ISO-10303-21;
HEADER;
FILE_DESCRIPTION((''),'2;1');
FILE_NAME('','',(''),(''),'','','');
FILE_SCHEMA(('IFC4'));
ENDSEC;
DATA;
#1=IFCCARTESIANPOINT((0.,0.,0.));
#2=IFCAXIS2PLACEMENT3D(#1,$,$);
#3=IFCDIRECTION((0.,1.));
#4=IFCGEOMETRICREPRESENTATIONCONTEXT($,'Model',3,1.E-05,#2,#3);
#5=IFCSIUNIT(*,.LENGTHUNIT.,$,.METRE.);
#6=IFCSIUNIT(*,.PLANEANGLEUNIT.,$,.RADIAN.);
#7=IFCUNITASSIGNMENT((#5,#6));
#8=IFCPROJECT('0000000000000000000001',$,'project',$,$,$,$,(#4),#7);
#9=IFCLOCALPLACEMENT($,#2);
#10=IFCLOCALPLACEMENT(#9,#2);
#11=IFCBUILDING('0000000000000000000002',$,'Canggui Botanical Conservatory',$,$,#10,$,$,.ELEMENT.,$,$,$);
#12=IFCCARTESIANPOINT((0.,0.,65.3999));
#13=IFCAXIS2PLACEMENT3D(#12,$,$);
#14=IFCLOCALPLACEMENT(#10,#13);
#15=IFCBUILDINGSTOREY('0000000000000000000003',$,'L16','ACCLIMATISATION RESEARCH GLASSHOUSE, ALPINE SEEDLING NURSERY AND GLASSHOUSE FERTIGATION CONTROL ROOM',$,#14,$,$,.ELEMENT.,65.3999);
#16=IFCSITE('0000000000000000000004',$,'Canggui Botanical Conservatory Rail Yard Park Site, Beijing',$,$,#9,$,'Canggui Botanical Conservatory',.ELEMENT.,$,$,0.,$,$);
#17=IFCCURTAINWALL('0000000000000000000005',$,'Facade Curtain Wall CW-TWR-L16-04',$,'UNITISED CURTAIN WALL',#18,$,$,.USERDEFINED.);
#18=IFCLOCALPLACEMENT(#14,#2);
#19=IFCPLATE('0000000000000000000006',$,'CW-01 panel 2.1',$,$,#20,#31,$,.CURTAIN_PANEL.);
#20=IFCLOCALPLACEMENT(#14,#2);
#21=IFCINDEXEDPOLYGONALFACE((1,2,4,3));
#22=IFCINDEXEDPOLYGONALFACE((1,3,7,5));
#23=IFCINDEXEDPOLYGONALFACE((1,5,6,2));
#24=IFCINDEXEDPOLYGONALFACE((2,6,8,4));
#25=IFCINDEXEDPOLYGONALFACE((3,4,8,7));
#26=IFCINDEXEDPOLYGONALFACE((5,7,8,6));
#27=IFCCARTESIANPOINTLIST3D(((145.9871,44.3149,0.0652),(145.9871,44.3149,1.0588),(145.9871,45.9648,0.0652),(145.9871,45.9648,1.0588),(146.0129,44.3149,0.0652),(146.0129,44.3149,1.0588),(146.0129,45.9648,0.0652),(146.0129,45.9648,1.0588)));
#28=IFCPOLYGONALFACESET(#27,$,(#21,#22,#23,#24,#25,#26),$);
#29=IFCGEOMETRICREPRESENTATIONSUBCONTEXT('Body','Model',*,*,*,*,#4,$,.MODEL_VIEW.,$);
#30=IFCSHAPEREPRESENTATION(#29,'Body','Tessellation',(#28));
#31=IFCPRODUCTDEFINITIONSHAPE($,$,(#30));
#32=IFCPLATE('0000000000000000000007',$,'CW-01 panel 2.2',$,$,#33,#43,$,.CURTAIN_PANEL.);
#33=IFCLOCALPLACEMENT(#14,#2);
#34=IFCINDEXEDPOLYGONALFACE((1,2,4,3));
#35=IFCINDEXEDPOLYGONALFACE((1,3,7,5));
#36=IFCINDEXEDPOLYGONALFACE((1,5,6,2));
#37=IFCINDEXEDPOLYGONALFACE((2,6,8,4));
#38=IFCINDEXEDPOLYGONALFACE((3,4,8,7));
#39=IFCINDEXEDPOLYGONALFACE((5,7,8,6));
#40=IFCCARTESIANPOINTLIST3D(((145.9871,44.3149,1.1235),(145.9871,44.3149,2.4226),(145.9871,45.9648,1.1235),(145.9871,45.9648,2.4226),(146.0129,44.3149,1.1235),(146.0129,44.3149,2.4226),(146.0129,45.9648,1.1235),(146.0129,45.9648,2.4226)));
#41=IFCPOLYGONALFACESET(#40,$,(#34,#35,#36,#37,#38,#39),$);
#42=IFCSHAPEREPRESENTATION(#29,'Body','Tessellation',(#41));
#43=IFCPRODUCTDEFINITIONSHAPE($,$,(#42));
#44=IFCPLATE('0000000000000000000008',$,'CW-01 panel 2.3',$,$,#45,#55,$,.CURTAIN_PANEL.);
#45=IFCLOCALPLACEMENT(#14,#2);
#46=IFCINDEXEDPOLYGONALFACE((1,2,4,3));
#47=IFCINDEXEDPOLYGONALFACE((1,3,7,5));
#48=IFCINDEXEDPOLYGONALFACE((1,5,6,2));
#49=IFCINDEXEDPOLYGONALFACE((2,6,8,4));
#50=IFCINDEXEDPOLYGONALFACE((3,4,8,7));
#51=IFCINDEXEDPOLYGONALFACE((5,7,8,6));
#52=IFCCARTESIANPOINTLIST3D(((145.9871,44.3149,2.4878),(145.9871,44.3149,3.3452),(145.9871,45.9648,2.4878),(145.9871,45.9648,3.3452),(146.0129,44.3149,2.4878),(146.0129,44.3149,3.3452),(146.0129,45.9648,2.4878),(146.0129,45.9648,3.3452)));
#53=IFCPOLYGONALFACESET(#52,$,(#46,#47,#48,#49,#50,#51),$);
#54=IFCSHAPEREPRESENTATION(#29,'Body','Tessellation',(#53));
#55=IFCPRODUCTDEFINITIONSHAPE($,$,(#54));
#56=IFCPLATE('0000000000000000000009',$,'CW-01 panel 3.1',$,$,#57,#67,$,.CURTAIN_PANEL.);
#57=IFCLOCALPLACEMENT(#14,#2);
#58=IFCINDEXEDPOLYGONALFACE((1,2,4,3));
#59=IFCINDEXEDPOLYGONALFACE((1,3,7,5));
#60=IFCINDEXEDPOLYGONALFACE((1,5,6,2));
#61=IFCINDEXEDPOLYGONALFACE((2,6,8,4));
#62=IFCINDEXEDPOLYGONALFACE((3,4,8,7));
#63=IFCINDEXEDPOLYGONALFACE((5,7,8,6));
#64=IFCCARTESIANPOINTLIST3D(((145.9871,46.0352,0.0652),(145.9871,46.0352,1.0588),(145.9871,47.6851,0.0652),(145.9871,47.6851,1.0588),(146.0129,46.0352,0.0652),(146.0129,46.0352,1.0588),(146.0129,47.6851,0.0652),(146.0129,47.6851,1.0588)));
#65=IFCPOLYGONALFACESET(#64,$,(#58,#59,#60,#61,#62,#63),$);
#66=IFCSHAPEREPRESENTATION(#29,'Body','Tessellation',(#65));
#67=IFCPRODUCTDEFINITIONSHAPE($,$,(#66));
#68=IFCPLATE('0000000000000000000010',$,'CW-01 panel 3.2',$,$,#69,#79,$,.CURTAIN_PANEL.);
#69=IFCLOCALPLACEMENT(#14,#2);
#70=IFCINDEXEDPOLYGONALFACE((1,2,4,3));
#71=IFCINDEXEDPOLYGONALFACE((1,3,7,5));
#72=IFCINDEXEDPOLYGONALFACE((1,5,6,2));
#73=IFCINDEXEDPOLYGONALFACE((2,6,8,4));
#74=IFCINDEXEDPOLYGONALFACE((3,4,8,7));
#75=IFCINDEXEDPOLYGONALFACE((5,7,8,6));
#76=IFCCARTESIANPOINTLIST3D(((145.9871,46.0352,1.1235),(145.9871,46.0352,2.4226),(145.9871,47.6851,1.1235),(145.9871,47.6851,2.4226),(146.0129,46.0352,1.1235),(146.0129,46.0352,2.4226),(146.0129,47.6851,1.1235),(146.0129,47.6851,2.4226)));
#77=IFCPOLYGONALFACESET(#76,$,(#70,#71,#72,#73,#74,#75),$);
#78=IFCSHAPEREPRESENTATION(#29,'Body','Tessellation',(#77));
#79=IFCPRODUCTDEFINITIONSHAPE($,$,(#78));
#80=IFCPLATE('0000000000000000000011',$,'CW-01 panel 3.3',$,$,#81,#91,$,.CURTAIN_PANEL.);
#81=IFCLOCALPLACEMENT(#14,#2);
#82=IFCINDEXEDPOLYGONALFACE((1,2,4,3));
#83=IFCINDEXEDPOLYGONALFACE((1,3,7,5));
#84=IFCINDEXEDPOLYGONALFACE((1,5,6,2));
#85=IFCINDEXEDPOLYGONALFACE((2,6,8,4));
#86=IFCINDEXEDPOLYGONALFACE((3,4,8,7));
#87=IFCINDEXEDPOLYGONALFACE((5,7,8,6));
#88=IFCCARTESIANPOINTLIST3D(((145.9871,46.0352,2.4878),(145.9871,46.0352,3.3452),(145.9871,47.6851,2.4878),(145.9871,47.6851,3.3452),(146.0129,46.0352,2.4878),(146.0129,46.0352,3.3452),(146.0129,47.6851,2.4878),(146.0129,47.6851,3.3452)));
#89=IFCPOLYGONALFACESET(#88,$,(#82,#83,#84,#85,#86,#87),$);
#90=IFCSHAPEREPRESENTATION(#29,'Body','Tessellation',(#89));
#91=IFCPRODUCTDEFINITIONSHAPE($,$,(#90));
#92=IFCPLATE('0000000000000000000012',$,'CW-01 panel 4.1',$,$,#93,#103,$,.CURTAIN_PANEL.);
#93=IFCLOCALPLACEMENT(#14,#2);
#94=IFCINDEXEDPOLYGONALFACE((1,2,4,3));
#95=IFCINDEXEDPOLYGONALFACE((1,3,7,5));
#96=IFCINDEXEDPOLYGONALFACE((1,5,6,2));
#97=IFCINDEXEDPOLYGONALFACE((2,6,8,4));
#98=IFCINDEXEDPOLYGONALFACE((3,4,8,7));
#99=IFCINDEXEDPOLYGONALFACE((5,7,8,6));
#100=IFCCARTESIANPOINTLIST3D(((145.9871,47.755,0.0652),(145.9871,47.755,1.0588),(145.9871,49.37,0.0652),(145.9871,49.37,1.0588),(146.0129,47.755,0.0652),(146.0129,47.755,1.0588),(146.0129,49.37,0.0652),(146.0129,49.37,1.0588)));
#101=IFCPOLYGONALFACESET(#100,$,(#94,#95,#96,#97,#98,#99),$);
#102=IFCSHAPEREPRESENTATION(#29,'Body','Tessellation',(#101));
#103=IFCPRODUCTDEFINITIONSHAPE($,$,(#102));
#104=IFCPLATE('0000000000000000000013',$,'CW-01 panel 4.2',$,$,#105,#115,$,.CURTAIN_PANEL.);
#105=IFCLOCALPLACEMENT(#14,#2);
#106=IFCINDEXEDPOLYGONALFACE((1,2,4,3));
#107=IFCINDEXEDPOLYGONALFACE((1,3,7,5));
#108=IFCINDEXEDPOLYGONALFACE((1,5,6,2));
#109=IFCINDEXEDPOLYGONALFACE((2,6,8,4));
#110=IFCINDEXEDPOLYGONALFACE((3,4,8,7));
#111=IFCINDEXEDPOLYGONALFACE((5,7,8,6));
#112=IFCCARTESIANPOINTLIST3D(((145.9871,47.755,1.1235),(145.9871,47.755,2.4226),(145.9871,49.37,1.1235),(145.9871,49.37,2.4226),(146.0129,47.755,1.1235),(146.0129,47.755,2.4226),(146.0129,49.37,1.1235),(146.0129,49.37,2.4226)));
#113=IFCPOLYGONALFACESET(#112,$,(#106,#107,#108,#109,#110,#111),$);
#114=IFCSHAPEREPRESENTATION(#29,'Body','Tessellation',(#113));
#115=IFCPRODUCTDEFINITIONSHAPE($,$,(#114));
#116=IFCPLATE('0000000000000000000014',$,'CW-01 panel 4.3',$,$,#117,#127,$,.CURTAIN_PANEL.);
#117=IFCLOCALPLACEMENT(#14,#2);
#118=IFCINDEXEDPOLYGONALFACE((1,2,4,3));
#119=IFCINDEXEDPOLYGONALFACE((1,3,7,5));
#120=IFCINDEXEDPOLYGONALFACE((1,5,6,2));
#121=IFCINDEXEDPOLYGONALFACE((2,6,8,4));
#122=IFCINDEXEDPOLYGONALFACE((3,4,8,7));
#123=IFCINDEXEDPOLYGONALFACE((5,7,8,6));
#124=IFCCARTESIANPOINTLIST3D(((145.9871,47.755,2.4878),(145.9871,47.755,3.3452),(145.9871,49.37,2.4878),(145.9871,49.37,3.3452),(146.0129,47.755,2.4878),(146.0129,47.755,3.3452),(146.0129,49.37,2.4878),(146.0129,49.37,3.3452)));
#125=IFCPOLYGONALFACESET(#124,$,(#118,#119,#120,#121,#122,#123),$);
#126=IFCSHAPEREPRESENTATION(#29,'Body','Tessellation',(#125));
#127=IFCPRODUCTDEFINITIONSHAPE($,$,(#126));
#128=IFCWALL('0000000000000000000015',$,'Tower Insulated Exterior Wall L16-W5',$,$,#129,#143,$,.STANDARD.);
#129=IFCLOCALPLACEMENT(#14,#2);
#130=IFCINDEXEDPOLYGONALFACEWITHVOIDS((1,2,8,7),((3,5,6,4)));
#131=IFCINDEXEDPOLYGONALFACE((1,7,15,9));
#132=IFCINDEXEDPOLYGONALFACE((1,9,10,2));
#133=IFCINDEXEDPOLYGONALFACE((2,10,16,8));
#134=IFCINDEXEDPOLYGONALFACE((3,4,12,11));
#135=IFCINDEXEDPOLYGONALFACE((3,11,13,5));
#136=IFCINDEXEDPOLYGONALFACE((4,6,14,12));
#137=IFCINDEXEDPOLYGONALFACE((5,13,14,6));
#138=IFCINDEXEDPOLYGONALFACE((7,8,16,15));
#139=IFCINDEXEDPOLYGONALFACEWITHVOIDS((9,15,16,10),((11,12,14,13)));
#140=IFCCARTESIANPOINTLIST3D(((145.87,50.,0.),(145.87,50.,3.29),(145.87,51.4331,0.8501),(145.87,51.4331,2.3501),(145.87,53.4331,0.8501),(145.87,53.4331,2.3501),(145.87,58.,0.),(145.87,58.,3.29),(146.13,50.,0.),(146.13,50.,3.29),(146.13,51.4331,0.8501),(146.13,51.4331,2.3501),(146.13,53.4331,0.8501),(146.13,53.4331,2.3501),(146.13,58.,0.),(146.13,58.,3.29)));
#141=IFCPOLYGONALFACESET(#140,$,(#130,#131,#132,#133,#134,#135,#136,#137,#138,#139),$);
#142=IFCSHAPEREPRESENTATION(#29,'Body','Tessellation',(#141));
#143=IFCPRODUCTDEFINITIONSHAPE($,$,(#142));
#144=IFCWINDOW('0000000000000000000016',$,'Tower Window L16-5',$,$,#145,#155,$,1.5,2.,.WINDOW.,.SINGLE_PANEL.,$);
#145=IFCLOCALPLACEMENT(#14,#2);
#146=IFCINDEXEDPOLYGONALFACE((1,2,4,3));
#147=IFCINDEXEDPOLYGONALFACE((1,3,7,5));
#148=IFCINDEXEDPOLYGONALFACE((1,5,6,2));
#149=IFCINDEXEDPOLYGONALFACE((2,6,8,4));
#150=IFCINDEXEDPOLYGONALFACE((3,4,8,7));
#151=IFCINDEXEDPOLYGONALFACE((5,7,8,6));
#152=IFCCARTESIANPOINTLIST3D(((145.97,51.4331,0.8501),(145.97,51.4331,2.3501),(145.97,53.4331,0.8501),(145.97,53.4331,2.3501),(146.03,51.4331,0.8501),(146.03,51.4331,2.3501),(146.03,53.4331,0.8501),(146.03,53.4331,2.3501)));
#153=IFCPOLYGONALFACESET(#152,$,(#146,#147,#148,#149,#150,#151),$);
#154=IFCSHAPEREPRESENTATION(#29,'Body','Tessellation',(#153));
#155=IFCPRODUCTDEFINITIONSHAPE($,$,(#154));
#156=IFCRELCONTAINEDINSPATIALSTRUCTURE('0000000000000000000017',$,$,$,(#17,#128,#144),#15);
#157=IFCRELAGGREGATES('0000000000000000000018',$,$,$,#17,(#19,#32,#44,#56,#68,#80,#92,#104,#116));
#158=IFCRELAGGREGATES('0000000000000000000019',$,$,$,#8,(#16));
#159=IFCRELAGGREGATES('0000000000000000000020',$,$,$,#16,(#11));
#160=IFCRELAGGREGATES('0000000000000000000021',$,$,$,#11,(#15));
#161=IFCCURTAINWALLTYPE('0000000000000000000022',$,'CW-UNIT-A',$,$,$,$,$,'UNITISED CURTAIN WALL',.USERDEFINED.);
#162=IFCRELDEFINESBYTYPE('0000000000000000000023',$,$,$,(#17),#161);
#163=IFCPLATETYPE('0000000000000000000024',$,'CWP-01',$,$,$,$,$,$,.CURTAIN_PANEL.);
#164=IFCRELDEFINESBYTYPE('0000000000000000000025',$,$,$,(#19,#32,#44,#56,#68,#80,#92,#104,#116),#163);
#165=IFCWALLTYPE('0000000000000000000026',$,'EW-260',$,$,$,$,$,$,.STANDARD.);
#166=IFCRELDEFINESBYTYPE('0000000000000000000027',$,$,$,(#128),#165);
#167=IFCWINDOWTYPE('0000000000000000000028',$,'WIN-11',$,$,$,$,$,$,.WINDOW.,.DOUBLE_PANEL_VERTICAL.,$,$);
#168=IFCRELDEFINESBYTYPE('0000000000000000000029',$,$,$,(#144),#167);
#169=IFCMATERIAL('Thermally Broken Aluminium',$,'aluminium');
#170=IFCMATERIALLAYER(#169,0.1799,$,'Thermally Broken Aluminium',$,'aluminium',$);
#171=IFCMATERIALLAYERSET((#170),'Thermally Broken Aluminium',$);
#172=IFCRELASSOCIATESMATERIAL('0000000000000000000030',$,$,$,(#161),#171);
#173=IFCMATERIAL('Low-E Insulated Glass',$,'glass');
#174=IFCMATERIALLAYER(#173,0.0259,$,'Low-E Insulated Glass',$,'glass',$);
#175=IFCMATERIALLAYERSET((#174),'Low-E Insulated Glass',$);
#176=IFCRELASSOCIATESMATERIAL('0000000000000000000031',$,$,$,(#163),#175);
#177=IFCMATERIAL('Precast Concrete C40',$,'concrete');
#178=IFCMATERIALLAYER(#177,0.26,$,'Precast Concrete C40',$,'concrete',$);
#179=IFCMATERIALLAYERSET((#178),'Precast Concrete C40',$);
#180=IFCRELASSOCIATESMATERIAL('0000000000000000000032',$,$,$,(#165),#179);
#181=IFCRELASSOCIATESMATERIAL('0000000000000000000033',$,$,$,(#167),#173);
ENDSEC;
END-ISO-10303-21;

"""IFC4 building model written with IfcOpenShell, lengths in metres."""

from ifc_helpers import new_model, si_unit, direction, frame, frame_2d, origin, origin_2d, place, context, subcontext, project, spatial, rectangle, extrude, material, layer, layer_set, type_object, element, fill, aggregate, save


model = new_model("IFC4")

# Units and contexts
model_context = context("Model", 3, precision=1e-05, world=origin(), true_north=direction((0.0, 1.0)))
body_context = subcontext(model_context, "Body", "Model", "MODEL_VIEW")
ifc_project = project(units=[si_unit("LENGTHUNIT", "METRE"), si_unit("PLANEANGLEUNIT", "RADIAN")], contexts=[model_context])

# Site, building, storey
site_placement = place(None, origin())
site = spatial("IfcSite", under=ifc_project, at=site_placement, Name="Canggui Botanical Conservatory Rail Yard Park Site, Beijing", LongName="Canggui Botanical Conservatory", CompositionType="ELEMENT", RefElevation=0.0)
building_placement = place(site_placement, origin())
building = spatial("IfcBuilding", under=site, at=building_placement, Name="Canggui Botanical Conservatory", CompositionType="ELEMENT")
storey_placement = place(building_placement, frame((0.0, 0.0, 65.3999)))
storey = spatial("IfcBuildingStorey", under=building, at=storey_placement, Name="L16", Description="ACCLIMATISATION RESEARCH GLASSHOUSE, ALPINE SEEDLING NURSERY AND GLASSHOUSE FERTIGATION CONTROL ROOM", CompositionType="ELEMENT", Elevation=65.3999)

# Shared definitions
ifc_material_1 = material(Name="Thermally Broken Aluminium", Category="aluminium")
ifc_layer_1 = layer(ifc_material_1, 0.1799, Name="Thermally Broken Aluminium", Category="aluminium")
ifc_layer_set_1 = layer_set([ifc_layer_1], Name="Thermally Broken Aluminium")
curtain_wall_type = type_object("IfcCurtainWallType", Name="CW-UNIT-A", ElementType="UNITISED CURTAIN WALL", PredefinedType="USERDEFINED", material=ifc_layer_set_1)

# Curtain wall
curtain_wall_1_placement = place(storey_placement, origin())
curtain_wall_1 = element("IfcCurtainWall", 1, at=curtain_wall_1_placement, inside=storey, type_object=curtain_wall_type, Name="Facade Curtain Wall CW-TWR-L16-04", ObjectType="UNITISED CURTAIN WALL", PredefinedType="USERDEFINED")

# Plates
ifc_material_2 = material(Name="Low-E Insulated Glass", Category="glass")
ifc_layer_2 = layer(ifc_material_2, 0.0259, Name="Low-E Insulated Glass", Category="glass")
ifc_layer_set_2 = layer_set([ifc_layer_2], Name="Low-E Insulated Glass")
plate_type = type_object("IfcPlateType", Name="CWP-01", PredefinedType="CURTAIN_PANEL", material=ifc_layer_set_2)
plate_1_placement = place(storey_placement, frame((146.0, 45.1399, 0.0652), z_axis=(0.0, 0.0, 1.0), x_axis=(0.0, 1.0, 0.0)))
plate_1 = element("IfcPlate", 2, at=plate_1_placement, type_object=plate_type, Name="CW-01 panel 2.1", PredefinedType="CURTAIN_PANEL", context=body_context, shape_type="SweptSolid", body=[
    extrude(rectangle(XDim=1.6499, YDim=0.0259, at=origin_2d()), origin(), (0.0, 0.0, 1.0), 0.9937),
])
plate_2_placement = place(storey_placement, frame((146.0, 45.1399, 1.1235), z_axis=(0.0, 0.0, 1.0), x_axis=(0.0, 1.0, 0.0)))
plate_2 = element("IfcPlate", 3, at=plate_2_placement, type_object=plate_type, Name="CW-01 panel 2.2", PredefinedType="CURTAIN_PANEL", context=body_context, shape_type="SweptSolid", body=[
    extrude(rectangle(XDim=1.6499, YDim=0.0259, at=origin_2d()), origin(), (0.0, 0.0, 1.0), 1.2991),
])
plate_3_placement = place(storey_placement, frame((146.0, 45.1399, 2.4878), z_axis=(0.0, 0.0, 1.0), x_axis=(0.0, 1.0, 0.0)))
plate_3 = element("IfcPlate", 4, at=plate_3_placement, type_object=plate_type, Name="CW-01 panel 2.3", PredefinedType="CURTAIN_PANEL", context=body_context, shape_type="SweptSolid", body=[
    extrude(rectangle(XDim=1.6499, YDim=0.0259, at=origin_2d()), origin(), (0.0, 0.0, 1.0), 0.8574),
])
plate_4_placement = place(storey_placement, frame((146.0, 46.8601, 0.0652), z_axis=(0.0, 0.0, 1.0), x_axis=(0.0, 1.0, 0.0)))
plate_4 = element("IfcPlate", 5, at=plate_4_placement, type_object=plate_type, Name="CW-01 panel 3.1", PredefinedType="CURTAIN_PANEL", context=body_context, shape_type="SweptSolid", body=[
    extrude(rectangle(XDim=1.6499, YDim=0.0259, at=origin_2d()), origin(), (0.0, 0.0, 1.0), 0.9937),
])
plate_5_placement = place(storey_placement, frame((146.0, 46.8601, 1.1235), z_axis=(0.0, 0.0, 1.0), x_axis=(0.0, 1.0, 0.0)))
plate_5 = element("IfcPlate", 6, at=plate_5_placement, type_object=plate_type, Name="CW-01 panel 3.2", PredefinedType="CURTAIN_PANEL", context=body_context, shape_type="SweptSolid", body=[
    extrude(rectangle(XDim=1.6499, YDim=0.0259, at=origin_2d()), origin(), (0.0, 0.0, 1.0), 1.2991),
])
plate_6_placement = place(storey_placement, frame((146.0, 46.8601, 2.4878), z_axis=(0.0, 0.0, 1.0), x_axis=(0.0, 1.0, 0.0)))
plate_6 = element("IfcPlate", 7, at=plate_6_placement, type_object=plate_type, Name="CW-01 panel 3.3", PredefinedType="CURTAIN_PANEL", context=body_context, shape_type="SweptSolid", body=[
    extrude(rectangle(XDim=1.6499, YDim=0.0259, at=origin_2d()), origin(), (0.0, 0.0, 1.0), 0.8574),
])
plate_7_placement = place(storey_placement, frame((146.0, 48.5625, 0.0652), z_axis=(0.0, 0.0, 1.0), x_axis=(0.0, 1.0, 0.0)))
plate_7 = element("IfcPlate", 8, at=plate_7_placement, type_object=plate_type, Name="CW-01 panel 4.1", PredefinedType="CURTAIN_PANEL", context=body_context, shape_type="SweptSolid", body=[
    extrude(rectangle(XDim=1.615, YDim=0.0259, at=origin_2d()), origin(), (0.0, 0.0, 1.0), 0.9937),
])
plate_8_placement = place(storey_placement, frame((146.0, 48.5625, 1.1235), z_axis=(0.0, 0.0, 1.0), x_axis=(0.0, 1.0, 0.0)))
plate_8 = element("IfcPlate", 9, at=plate_8_placement, type_object=plate_type, Name="CW-01 panel 4.2", PredefinedType="CURTAIN_PANEL", context=body_context, shape_type="SweptSolid", body=[
    extrude(rectangle(XDim=1.615, YDim=0.0259, at=origin_2d()), origin(), (0.0, 0.0, 1.0), 1.2991),
])
plate_9_placement = place(storey_placement, frame((146.0, 48.5625, 2.4878), z_axis=(0.0, 0.0, 1.0), x_axis=(0.0, 1.0, 0.0)))
plate_9 = element("IfcPlate", 10, at=plate_9_placement, type_object=plate_type, Name="CW-01 panel 4.3", PredefinedType="CURTAIN_PANEL", context=body_context, shape_type="SweptSolid", body=[
    extrude(rectangle(XDim=1.615, YDim=0.0259, at=origin_2d()), origin(), (0.0, 0.0, 1.0), 0.8574),
])
aggregate(curtain_wall_1, [plate_1, plate_2, plate_3, plate_4, plate_5, plate_6, plate_7, plate_8, plate_9])

# Wall, opening, window
ifc_material_3 = material(Name="Precast Concrete C40", Category="concrete")
ifc_layer_3 = layer(ifc_material_3, 0.26, Name="Precast Concrete C40", Category="concrete")
ifc_layer_set_3 = layer_set([ifc_layer_3], Name="Precast Concrete C40")
wall_type = type_object("IfcWallType", Name="EW-260", PredefinedType="STANDARD", material=ifc_layer_set_3)
wall_placement = place(storey_placement, frame((146.0, 50.0, 0.0), z_axis=(0.0, 0.0, 1.0), x_axis=(0.0, 1.0, 0.0)))
wall = element("IfcWall", 11, at=wall_placement, inside=storey, type_object=wall_type, Name="Tower Insulated Exterior Wall L16-W5", PredefinedType="STANDARD", context=body_context, shape_type="SweptSolid", body=[
    extrude(rectangle(XDim=8.0, YDim=0.26, at=frame_2d((4.0, 0.0))), origin(), (0.0, 0.0, 1.0), 3.29),
])
opening_placement = place(wall_placement, frame((1.4331, 0.0, 0.8501)))
opening = element("IfcOpeningElement", 12, at=opening_placement, cuts=wall, PredefinedType="OPENING", context=body_context, shape_type="SweptSolid", body=[
    extrude(rectangle(XDim=2.0, YDim=1.5, at=frame_2d((1.0, 0.75))), frame((0.0, 0.1401, 0.0), z_axis=(0.0, -1.0, 0.0), x_axis=(1.0, 0.0, 0.0)), (0.0, 0.0, 1.0), 0.28),
])
window_type = type_object("IfcWindowType", Name="WIN-11", PartitioningType="DOUBLE_PANEL_VERTICAL", PredefinedType="WINDOW", material=ifc_material_2)
window_placement = place(opening_placement, origin())
window = element("IfcWindow", 13, at=window_placement, inside=storey, type_object=window_type, Name="Tower Window L16-5", OverallHeight=1.5, OverallWidth=2.0, PartitioningType="SINGLE_PANEL", PredefinedType="WINDOW", context=body_context, shape_type="SweptSolid", body=[
    extrude(rectangle(XDim=2.0, YDim=1.5, at=frame_2d((1.0, 0.75))), frame((0.0, 0.03, 0.0), z_axis=(0.0, -1.0, 0.0), x_axis=(1.0, 0.0, 0.0)), (0.0, 0.0, 1.0), 0.0601),
])
fill(opening, window)

save(model, "model.ifc")
